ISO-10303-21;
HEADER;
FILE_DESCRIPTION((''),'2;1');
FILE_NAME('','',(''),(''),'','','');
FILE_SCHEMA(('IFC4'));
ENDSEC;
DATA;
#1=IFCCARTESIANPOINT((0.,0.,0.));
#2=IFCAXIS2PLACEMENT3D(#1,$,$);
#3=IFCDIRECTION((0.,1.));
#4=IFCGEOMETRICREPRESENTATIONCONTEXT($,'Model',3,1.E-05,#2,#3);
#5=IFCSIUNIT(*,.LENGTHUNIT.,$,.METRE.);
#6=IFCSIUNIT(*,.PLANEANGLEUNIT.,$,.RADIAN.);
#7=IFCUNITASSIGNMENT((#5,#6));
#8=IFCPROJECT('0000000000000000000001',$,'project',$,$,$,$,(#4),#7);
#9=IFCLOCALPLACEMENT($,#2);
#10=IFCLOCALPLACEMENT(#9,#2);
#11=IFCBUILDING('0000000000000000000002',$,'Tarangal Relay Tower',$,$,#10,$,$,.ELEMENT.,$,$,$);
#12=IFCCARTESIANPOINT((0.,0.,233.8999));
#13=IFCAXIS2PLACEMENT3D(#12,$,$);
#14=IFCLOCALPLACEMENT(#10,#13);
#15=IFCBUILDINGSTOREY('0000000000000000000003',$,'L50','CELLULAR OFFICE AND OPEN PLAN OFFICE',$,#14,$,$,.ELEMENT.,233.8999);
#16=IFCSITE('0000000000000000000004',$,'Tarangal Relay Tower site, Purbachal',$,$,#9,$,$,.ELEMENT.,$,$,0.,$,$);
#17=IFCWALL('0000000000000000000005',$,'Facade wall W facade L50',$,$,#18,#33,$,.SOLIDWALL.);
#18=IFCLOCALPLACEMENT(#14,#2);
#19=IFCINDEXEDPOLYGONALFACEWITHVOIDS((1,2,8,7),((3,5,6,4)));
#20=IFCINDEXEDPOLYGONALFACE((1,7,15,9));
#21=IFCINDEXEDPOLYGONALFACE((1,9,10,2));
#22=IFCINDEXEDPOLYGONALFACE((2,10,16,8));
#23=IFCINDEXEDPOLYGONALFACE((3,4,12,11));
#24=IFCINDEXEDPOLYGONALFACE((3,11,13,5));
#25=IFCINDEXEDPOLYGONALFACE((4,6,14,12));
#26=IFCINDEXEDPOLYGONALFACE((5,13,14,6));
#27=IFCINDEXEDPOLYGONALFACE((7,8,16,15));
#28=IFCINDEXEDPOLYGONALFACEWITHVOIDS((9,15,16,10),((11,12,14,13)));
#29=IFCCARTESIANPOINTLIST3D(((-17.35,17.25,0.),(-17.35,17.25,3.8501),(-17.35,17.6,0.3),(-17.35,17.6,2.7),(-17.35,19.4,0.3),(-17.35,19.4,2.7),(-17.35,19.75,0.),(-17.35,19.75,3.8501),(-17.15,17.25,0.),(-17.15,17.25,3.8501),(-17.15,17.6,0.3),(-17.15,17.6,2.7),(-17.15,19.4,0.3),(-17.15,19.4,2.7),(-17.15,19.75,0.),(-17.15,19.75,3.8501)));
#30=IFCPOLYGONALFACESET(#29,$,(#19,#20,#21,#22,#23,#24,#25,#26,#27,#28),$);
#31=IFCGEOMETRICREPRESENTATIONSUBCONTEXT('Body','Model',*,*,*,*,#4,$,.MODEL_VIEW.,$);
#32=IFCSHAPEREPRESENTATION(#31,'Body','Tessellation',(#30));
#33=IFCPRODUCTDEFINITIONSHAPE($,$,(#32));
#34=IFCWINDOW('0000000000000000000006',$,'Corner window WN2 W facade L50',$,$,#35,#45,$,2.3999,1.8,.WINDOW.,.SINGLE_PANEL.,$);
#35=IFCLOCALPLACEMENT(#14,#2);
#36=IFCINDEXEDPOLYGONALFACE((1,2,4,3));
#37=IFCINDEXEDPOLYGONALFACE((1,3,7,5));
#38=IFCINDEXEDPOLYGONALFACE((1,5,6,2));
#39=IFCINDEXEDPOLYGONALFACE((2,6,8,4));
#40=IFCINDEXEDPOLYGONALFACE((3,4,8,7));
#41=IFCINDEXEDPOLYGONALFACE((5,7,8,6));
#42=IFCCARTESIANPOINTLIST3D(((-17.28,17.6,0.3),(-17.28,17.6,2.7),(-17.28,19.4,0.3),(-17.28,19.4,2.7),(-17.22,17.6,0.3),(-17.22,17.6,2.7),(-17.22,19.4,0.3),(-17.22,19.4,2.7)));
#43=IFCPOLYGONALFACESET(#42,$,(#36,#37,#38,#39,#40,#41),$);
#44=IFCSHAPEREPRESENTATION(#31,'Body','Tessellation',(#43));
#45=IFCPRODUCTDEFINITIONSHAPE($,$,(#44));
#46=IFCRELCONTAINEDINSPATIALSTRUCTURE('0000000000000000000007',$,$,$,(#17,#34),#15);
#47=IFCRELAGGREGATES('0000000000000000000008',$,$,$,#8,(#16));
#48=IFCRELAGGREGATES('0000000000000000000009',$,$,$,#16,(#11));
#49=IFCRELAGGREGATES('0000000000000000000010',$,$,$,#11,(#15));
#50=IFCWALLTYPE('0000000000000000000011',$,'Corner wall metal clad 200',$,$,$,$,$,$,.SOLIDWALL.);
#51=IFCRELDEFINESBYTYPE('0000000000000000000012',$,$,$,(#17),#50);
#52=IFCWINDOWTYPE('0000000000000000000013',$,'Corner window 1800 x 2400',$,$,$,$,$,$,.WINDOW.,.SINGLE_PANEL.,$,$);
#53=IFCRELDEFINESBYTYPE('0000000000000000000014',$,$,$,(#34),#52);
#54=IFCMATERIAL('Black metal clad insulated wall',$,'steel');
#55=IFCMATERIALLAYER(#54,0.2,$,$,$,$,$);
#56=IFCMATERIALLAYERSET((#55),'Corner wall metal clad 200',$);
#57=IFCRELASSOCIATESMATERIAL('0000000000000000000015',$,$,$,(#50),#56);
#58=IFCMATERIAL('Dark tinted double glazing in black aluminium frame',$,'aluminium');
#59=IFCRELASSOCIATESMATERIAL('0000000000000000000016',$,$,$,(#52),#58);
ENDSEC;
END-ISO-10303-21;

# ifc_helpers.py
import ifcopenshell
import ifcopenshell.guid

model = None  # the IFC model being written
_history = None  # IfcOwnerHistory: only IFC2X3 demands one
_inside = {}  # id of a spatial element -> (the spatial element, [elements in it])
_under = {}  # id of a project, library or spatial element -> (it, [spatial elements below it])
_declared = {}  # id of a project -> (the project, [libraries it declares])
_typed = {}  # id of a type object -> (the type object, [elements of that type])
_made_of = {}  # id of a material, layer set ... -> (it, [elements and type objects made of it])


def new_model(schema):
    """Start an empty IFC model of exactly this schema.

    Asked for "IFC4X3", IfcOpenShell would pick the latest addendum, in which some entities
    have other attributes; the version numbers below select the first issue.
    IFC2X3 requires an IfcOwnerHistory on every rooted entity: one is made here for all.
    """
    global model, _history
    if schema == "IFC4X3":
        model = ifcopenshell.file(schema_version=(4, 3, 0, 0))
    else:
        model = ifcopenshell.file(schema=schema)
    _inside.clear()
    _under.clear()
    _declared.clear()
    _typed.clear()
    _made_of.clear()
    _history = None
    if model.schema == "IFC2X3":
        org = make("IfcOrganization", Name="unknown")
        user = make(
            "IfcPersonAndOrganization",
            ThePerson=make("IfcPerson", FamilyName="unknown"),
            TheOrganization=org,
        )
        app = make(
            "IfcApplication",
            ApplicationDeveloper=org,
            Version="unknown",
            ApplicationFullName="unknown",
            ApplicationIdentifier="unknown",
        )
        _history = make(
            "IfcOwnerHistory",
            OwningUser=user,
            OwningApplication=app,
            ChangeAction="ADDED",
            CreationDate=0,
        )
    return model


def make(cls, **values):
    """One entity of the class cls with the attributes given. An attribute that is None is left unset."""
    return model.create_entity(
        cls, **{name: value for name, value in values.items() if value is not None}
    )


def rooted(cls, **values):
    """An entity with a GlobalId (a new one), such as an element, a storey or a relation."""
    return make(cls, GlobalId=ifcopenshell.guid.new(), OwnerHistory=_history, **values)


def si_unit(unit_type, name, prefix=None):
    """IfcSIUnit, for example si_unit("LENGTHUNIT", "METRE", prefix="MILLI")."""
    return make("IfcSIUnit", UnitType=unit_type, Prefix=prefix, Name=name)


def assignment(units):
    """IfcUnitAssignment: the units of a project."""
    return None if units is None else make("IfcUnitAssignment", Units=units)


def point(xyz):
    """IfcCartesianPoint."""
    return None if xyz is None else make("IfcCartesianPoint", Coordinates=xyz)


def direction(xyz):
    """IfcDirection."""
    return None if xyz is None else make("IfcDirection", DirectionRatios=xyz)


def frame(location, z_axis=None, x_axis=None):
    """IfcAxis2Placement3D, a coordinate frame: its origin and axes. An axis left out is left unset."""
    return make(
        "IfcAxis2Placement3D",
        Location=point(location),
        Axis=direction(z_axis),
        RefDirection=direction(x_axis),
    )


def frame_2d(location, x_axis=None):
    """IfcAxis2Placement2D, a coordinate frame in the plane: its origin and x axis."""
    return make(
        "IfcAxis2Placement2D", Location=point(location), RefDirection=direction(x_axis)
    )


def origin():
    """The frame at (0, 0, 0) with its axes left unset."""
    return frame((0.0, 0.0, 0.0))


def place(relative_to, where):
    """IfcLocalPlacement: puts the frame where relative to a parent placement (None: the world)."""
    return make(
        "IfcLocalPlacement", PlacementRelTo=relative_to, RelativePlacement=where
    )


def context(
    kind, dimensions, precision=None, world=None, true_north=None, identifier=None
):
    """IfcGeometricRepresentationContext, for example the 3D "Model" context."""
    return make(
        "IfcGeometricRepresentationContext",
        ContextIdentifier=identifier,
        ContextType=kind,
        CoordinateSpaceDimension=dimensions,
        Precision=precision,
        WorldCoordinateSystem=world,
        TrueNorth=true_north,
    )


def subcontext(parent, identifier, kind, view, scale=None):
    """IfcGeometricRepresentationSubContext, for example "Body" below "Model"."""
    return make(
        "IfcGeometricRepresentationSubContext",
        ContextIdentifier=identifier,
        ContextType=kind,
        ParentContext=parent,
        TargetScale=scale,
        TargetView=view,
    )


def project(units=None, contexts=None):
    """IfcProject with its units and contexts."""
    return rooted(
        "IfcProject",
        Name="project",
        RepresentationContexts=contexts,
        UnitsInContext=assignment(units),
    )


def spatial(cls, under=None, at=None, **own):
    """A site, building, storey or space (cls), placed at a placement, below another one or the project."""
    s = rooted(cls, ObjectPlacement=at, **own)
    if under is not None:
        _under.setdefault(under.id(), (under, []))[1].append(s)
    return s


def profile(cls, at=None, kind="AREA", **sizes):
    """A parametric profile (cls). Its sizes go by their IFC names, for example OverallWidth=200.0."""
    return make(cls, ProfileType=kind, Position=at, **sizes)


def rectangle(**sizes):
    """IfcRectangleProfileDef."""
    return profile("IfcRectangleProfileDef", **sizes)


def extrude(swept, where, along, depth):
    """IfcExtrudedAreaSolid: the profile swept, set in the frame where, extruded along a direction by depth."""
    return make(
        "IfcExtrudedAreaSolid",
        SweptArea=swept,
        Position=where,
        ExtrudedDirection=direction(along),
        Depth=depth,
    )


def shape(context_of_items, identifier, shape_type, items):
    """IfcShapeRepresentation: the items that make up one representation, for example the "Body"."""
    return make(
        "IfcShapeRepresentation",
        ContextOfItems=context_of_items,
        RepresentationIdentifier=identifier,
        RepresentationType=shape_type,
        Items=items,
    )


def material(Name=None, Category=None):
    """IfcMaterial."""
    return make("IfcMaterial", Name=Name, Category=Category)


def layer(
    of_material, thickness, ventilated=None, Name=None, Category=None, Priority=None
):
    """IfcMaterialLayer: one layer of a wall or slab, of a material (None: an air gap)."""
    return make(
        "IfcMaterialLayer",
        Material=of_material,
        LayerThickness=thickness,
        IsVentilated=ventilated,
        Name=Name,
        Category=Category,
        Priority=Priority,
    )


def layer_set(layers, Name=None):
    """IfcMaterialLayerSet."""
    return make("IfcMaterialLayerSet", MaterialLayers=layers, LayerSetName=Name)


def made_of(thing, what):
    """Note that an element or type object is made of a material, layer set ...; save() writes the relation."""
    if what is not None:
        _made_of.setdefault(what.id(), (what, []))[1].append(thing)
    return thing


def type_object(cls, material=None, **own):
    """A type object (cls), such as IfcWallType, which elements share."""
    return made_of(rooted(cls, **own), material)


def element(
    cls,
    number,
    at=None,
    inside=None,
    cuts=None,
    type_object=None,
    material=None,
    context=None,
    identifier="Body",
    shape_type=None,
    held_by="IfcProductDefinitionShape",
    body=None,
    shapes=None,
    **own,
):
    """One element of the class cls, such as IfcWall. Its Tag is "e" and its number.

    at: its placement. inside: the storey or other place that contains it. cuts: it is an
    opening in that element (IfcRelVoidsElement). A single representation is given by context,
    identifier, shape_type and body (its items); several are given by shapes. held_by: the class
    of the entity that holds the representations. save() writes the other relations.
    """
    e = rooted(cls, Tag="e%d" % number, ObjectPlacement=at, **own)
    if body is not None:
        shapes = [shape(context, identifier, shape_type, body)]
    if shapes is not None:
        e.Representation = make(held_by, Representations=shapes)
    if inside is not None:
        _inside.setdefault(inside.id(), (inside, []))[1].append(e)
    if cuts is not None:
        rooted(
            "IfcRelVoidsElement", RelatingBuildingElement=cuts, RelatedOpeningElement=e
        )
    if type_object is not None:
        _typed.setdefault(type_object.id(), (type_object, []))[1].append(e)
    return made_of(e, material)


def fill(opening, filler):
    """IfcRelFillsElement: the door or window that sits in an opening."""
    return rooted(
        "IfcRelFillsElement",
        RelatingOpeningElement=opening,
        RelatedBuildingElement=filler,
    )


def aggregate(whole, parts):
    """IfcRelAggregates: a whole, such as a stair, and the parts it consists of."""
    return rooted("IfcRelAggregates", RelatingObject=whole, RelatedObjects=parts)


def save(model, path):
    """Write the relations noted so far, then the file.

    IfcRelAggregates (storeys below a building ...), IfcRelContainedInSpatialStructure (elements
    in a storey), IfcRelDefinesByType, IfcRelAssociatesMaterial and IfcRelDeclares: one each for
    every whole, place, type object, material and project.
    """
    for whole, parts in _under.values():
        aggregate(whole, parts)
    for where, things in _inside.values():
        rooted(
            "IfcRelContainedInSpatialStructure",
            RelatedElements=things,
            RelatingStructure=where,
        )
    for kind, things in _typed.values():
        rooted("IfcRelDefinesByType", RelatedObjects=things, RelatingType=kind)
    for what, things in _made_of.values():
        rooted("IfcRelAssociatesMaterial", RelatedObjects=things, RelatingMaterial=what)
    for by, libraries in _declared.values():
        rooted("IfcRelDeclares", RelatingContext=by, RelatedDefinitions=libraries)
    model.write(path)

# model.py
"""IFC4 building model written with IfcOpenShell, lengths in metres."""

from ifc_helpers import new_model, si_unit, direction, frame, frame_2d, origin, place, context, subcontext, project, spatial, rectangle, extrude, material, layer, layer_set, type_object, element, fill, save


model = new_model("IFC4")

# Units and contexts
model_context = context("Model", 3, precision=1e-05, world=origin(), true_north=direction((0.0, 1.0)))
body_context = subcontext(model_context, "Body", "Model", "MODEL_VIEW")
ifc_project = project(units=[si_unit("LENGTHUNIT", "METRE"), si_unit("PLANEANGLEUNIT", "RADIAN")], contexts=[model_context])

# Site, building, storey
site_placement = place(None, origin())
site = spatial("IfcSite", under=ifc_project, at=site_placement, Name="Tarangal Relay Tower site, Purbachal", CompositionType="ELEMENT", RefElevation=0.0)
building_placement = place(site_placement, origin())
building = spatial("IfcBuilding", under=site, at=building_placement, Name="Tarangal Relay Tower", CompositionType="ELEMENT")
storey_placement = place(building_placement, frame((0.0, 0.0, 233.8999)))
storey = spatial("IfcBuildingStorey", under=building, at=storey_placement, Name="L50", Description="CELLULAR OFFICE AND OPEN PLAN OFFICE", CompositionType="ELEMENT", Elevation=233.8999)

# Shared definitions
ifc_material_1 = material(Name="Black metal clad insulated wall", Category="steel")
ifc_layer_1 = layer(ifc_material_1, 0.2)
ifc_layer_set_1 = layer_set([ifc_layer_1], Name="Corner wall metal clad 200")
wall_type = type_object("IfcWallType", Name="Corner wall metal clad 200", PredefinedType="SOLIDWALL", material=ifc_layer_set_1)

# Shared definitions
ifc_material_2 = material(Name="Dark tinted double glazing in black aluminium frame", Category="aluminium")
window_type = type_object("IfcWindowType", Name="Corner window 1800 x 2400", PartitioningType="SINGLE_PANEL", PredefinedType="WINDOW", material=ifc_material_2)

# Wall, opening, window
wall_1_placement = place(storey_placement, frame((-17.25, 17.25, 0.0), z_axis=(0.0, 0.0, 1.0), x_axis=(0.0, 1.0, 0.0)))
wall_1 = element("IfcWall", 1, at=wall_1_placement, inside=storey, type_object=wall_type, Name="Facade wall W facade L50", PredefinedType="SOLIDWALL", context=body_context, shape_type="SweptSolid", body=[
    extrude(rectangle(XDim=2.5, YDim=0.2, at=frame_2d((1.25, 0.0))), origin(), (0.0, 0.0, 1.0), 3.8501),
])
opening_1_placement = place(wall_1_placement, frame((0.3501, 0.0, 0.3)))
opening_1 = element("IfcOpeningElement", 2, at=opening_1_placement, cuts=wall_1, PredefinedType="OPENING", context=body_context, shape_type="SweptSolid", body=[
    extrude(rectangle(XDim=1.8, YDim=2.3999, at=frame_2d((0.8999, 1.2))), frame((0.0, 0.1099, 0.0), z_axis=(0.0, -1.0, 0.0), x_axis=(1.0, 0.0, 0.0)), (0.0, 0.0, 1.0), 0.22),
])
window_1_placement = place(opening_1_placement, origin())
window_1 = element("IfcWindow", 3, at=window_1_placement, inside=storey, type_object=window_type, Name="Corner window WN2 W facade L50", OverallHeight=2.3999, OverallWidth=1.8, PartitioningType="SINGLE_PANEL", PredefinedType="WINDOW", context=body_context, shape_type="SweptSolid", body=[
    extrude(rectangle(XDim=1.8, YDim=2.3999, at=frame_2d((0.8999, 1.2))), frame((0.0, 0.03, 0.0), z_axis=(0.0, -1.0, 0.0), x_axis=(1.0, 0.0, 0.0)), (0.0, 0.0, 1.0), 0.0601),
])
fill(opening_1, window_1)

save(model, "model.ifc")
